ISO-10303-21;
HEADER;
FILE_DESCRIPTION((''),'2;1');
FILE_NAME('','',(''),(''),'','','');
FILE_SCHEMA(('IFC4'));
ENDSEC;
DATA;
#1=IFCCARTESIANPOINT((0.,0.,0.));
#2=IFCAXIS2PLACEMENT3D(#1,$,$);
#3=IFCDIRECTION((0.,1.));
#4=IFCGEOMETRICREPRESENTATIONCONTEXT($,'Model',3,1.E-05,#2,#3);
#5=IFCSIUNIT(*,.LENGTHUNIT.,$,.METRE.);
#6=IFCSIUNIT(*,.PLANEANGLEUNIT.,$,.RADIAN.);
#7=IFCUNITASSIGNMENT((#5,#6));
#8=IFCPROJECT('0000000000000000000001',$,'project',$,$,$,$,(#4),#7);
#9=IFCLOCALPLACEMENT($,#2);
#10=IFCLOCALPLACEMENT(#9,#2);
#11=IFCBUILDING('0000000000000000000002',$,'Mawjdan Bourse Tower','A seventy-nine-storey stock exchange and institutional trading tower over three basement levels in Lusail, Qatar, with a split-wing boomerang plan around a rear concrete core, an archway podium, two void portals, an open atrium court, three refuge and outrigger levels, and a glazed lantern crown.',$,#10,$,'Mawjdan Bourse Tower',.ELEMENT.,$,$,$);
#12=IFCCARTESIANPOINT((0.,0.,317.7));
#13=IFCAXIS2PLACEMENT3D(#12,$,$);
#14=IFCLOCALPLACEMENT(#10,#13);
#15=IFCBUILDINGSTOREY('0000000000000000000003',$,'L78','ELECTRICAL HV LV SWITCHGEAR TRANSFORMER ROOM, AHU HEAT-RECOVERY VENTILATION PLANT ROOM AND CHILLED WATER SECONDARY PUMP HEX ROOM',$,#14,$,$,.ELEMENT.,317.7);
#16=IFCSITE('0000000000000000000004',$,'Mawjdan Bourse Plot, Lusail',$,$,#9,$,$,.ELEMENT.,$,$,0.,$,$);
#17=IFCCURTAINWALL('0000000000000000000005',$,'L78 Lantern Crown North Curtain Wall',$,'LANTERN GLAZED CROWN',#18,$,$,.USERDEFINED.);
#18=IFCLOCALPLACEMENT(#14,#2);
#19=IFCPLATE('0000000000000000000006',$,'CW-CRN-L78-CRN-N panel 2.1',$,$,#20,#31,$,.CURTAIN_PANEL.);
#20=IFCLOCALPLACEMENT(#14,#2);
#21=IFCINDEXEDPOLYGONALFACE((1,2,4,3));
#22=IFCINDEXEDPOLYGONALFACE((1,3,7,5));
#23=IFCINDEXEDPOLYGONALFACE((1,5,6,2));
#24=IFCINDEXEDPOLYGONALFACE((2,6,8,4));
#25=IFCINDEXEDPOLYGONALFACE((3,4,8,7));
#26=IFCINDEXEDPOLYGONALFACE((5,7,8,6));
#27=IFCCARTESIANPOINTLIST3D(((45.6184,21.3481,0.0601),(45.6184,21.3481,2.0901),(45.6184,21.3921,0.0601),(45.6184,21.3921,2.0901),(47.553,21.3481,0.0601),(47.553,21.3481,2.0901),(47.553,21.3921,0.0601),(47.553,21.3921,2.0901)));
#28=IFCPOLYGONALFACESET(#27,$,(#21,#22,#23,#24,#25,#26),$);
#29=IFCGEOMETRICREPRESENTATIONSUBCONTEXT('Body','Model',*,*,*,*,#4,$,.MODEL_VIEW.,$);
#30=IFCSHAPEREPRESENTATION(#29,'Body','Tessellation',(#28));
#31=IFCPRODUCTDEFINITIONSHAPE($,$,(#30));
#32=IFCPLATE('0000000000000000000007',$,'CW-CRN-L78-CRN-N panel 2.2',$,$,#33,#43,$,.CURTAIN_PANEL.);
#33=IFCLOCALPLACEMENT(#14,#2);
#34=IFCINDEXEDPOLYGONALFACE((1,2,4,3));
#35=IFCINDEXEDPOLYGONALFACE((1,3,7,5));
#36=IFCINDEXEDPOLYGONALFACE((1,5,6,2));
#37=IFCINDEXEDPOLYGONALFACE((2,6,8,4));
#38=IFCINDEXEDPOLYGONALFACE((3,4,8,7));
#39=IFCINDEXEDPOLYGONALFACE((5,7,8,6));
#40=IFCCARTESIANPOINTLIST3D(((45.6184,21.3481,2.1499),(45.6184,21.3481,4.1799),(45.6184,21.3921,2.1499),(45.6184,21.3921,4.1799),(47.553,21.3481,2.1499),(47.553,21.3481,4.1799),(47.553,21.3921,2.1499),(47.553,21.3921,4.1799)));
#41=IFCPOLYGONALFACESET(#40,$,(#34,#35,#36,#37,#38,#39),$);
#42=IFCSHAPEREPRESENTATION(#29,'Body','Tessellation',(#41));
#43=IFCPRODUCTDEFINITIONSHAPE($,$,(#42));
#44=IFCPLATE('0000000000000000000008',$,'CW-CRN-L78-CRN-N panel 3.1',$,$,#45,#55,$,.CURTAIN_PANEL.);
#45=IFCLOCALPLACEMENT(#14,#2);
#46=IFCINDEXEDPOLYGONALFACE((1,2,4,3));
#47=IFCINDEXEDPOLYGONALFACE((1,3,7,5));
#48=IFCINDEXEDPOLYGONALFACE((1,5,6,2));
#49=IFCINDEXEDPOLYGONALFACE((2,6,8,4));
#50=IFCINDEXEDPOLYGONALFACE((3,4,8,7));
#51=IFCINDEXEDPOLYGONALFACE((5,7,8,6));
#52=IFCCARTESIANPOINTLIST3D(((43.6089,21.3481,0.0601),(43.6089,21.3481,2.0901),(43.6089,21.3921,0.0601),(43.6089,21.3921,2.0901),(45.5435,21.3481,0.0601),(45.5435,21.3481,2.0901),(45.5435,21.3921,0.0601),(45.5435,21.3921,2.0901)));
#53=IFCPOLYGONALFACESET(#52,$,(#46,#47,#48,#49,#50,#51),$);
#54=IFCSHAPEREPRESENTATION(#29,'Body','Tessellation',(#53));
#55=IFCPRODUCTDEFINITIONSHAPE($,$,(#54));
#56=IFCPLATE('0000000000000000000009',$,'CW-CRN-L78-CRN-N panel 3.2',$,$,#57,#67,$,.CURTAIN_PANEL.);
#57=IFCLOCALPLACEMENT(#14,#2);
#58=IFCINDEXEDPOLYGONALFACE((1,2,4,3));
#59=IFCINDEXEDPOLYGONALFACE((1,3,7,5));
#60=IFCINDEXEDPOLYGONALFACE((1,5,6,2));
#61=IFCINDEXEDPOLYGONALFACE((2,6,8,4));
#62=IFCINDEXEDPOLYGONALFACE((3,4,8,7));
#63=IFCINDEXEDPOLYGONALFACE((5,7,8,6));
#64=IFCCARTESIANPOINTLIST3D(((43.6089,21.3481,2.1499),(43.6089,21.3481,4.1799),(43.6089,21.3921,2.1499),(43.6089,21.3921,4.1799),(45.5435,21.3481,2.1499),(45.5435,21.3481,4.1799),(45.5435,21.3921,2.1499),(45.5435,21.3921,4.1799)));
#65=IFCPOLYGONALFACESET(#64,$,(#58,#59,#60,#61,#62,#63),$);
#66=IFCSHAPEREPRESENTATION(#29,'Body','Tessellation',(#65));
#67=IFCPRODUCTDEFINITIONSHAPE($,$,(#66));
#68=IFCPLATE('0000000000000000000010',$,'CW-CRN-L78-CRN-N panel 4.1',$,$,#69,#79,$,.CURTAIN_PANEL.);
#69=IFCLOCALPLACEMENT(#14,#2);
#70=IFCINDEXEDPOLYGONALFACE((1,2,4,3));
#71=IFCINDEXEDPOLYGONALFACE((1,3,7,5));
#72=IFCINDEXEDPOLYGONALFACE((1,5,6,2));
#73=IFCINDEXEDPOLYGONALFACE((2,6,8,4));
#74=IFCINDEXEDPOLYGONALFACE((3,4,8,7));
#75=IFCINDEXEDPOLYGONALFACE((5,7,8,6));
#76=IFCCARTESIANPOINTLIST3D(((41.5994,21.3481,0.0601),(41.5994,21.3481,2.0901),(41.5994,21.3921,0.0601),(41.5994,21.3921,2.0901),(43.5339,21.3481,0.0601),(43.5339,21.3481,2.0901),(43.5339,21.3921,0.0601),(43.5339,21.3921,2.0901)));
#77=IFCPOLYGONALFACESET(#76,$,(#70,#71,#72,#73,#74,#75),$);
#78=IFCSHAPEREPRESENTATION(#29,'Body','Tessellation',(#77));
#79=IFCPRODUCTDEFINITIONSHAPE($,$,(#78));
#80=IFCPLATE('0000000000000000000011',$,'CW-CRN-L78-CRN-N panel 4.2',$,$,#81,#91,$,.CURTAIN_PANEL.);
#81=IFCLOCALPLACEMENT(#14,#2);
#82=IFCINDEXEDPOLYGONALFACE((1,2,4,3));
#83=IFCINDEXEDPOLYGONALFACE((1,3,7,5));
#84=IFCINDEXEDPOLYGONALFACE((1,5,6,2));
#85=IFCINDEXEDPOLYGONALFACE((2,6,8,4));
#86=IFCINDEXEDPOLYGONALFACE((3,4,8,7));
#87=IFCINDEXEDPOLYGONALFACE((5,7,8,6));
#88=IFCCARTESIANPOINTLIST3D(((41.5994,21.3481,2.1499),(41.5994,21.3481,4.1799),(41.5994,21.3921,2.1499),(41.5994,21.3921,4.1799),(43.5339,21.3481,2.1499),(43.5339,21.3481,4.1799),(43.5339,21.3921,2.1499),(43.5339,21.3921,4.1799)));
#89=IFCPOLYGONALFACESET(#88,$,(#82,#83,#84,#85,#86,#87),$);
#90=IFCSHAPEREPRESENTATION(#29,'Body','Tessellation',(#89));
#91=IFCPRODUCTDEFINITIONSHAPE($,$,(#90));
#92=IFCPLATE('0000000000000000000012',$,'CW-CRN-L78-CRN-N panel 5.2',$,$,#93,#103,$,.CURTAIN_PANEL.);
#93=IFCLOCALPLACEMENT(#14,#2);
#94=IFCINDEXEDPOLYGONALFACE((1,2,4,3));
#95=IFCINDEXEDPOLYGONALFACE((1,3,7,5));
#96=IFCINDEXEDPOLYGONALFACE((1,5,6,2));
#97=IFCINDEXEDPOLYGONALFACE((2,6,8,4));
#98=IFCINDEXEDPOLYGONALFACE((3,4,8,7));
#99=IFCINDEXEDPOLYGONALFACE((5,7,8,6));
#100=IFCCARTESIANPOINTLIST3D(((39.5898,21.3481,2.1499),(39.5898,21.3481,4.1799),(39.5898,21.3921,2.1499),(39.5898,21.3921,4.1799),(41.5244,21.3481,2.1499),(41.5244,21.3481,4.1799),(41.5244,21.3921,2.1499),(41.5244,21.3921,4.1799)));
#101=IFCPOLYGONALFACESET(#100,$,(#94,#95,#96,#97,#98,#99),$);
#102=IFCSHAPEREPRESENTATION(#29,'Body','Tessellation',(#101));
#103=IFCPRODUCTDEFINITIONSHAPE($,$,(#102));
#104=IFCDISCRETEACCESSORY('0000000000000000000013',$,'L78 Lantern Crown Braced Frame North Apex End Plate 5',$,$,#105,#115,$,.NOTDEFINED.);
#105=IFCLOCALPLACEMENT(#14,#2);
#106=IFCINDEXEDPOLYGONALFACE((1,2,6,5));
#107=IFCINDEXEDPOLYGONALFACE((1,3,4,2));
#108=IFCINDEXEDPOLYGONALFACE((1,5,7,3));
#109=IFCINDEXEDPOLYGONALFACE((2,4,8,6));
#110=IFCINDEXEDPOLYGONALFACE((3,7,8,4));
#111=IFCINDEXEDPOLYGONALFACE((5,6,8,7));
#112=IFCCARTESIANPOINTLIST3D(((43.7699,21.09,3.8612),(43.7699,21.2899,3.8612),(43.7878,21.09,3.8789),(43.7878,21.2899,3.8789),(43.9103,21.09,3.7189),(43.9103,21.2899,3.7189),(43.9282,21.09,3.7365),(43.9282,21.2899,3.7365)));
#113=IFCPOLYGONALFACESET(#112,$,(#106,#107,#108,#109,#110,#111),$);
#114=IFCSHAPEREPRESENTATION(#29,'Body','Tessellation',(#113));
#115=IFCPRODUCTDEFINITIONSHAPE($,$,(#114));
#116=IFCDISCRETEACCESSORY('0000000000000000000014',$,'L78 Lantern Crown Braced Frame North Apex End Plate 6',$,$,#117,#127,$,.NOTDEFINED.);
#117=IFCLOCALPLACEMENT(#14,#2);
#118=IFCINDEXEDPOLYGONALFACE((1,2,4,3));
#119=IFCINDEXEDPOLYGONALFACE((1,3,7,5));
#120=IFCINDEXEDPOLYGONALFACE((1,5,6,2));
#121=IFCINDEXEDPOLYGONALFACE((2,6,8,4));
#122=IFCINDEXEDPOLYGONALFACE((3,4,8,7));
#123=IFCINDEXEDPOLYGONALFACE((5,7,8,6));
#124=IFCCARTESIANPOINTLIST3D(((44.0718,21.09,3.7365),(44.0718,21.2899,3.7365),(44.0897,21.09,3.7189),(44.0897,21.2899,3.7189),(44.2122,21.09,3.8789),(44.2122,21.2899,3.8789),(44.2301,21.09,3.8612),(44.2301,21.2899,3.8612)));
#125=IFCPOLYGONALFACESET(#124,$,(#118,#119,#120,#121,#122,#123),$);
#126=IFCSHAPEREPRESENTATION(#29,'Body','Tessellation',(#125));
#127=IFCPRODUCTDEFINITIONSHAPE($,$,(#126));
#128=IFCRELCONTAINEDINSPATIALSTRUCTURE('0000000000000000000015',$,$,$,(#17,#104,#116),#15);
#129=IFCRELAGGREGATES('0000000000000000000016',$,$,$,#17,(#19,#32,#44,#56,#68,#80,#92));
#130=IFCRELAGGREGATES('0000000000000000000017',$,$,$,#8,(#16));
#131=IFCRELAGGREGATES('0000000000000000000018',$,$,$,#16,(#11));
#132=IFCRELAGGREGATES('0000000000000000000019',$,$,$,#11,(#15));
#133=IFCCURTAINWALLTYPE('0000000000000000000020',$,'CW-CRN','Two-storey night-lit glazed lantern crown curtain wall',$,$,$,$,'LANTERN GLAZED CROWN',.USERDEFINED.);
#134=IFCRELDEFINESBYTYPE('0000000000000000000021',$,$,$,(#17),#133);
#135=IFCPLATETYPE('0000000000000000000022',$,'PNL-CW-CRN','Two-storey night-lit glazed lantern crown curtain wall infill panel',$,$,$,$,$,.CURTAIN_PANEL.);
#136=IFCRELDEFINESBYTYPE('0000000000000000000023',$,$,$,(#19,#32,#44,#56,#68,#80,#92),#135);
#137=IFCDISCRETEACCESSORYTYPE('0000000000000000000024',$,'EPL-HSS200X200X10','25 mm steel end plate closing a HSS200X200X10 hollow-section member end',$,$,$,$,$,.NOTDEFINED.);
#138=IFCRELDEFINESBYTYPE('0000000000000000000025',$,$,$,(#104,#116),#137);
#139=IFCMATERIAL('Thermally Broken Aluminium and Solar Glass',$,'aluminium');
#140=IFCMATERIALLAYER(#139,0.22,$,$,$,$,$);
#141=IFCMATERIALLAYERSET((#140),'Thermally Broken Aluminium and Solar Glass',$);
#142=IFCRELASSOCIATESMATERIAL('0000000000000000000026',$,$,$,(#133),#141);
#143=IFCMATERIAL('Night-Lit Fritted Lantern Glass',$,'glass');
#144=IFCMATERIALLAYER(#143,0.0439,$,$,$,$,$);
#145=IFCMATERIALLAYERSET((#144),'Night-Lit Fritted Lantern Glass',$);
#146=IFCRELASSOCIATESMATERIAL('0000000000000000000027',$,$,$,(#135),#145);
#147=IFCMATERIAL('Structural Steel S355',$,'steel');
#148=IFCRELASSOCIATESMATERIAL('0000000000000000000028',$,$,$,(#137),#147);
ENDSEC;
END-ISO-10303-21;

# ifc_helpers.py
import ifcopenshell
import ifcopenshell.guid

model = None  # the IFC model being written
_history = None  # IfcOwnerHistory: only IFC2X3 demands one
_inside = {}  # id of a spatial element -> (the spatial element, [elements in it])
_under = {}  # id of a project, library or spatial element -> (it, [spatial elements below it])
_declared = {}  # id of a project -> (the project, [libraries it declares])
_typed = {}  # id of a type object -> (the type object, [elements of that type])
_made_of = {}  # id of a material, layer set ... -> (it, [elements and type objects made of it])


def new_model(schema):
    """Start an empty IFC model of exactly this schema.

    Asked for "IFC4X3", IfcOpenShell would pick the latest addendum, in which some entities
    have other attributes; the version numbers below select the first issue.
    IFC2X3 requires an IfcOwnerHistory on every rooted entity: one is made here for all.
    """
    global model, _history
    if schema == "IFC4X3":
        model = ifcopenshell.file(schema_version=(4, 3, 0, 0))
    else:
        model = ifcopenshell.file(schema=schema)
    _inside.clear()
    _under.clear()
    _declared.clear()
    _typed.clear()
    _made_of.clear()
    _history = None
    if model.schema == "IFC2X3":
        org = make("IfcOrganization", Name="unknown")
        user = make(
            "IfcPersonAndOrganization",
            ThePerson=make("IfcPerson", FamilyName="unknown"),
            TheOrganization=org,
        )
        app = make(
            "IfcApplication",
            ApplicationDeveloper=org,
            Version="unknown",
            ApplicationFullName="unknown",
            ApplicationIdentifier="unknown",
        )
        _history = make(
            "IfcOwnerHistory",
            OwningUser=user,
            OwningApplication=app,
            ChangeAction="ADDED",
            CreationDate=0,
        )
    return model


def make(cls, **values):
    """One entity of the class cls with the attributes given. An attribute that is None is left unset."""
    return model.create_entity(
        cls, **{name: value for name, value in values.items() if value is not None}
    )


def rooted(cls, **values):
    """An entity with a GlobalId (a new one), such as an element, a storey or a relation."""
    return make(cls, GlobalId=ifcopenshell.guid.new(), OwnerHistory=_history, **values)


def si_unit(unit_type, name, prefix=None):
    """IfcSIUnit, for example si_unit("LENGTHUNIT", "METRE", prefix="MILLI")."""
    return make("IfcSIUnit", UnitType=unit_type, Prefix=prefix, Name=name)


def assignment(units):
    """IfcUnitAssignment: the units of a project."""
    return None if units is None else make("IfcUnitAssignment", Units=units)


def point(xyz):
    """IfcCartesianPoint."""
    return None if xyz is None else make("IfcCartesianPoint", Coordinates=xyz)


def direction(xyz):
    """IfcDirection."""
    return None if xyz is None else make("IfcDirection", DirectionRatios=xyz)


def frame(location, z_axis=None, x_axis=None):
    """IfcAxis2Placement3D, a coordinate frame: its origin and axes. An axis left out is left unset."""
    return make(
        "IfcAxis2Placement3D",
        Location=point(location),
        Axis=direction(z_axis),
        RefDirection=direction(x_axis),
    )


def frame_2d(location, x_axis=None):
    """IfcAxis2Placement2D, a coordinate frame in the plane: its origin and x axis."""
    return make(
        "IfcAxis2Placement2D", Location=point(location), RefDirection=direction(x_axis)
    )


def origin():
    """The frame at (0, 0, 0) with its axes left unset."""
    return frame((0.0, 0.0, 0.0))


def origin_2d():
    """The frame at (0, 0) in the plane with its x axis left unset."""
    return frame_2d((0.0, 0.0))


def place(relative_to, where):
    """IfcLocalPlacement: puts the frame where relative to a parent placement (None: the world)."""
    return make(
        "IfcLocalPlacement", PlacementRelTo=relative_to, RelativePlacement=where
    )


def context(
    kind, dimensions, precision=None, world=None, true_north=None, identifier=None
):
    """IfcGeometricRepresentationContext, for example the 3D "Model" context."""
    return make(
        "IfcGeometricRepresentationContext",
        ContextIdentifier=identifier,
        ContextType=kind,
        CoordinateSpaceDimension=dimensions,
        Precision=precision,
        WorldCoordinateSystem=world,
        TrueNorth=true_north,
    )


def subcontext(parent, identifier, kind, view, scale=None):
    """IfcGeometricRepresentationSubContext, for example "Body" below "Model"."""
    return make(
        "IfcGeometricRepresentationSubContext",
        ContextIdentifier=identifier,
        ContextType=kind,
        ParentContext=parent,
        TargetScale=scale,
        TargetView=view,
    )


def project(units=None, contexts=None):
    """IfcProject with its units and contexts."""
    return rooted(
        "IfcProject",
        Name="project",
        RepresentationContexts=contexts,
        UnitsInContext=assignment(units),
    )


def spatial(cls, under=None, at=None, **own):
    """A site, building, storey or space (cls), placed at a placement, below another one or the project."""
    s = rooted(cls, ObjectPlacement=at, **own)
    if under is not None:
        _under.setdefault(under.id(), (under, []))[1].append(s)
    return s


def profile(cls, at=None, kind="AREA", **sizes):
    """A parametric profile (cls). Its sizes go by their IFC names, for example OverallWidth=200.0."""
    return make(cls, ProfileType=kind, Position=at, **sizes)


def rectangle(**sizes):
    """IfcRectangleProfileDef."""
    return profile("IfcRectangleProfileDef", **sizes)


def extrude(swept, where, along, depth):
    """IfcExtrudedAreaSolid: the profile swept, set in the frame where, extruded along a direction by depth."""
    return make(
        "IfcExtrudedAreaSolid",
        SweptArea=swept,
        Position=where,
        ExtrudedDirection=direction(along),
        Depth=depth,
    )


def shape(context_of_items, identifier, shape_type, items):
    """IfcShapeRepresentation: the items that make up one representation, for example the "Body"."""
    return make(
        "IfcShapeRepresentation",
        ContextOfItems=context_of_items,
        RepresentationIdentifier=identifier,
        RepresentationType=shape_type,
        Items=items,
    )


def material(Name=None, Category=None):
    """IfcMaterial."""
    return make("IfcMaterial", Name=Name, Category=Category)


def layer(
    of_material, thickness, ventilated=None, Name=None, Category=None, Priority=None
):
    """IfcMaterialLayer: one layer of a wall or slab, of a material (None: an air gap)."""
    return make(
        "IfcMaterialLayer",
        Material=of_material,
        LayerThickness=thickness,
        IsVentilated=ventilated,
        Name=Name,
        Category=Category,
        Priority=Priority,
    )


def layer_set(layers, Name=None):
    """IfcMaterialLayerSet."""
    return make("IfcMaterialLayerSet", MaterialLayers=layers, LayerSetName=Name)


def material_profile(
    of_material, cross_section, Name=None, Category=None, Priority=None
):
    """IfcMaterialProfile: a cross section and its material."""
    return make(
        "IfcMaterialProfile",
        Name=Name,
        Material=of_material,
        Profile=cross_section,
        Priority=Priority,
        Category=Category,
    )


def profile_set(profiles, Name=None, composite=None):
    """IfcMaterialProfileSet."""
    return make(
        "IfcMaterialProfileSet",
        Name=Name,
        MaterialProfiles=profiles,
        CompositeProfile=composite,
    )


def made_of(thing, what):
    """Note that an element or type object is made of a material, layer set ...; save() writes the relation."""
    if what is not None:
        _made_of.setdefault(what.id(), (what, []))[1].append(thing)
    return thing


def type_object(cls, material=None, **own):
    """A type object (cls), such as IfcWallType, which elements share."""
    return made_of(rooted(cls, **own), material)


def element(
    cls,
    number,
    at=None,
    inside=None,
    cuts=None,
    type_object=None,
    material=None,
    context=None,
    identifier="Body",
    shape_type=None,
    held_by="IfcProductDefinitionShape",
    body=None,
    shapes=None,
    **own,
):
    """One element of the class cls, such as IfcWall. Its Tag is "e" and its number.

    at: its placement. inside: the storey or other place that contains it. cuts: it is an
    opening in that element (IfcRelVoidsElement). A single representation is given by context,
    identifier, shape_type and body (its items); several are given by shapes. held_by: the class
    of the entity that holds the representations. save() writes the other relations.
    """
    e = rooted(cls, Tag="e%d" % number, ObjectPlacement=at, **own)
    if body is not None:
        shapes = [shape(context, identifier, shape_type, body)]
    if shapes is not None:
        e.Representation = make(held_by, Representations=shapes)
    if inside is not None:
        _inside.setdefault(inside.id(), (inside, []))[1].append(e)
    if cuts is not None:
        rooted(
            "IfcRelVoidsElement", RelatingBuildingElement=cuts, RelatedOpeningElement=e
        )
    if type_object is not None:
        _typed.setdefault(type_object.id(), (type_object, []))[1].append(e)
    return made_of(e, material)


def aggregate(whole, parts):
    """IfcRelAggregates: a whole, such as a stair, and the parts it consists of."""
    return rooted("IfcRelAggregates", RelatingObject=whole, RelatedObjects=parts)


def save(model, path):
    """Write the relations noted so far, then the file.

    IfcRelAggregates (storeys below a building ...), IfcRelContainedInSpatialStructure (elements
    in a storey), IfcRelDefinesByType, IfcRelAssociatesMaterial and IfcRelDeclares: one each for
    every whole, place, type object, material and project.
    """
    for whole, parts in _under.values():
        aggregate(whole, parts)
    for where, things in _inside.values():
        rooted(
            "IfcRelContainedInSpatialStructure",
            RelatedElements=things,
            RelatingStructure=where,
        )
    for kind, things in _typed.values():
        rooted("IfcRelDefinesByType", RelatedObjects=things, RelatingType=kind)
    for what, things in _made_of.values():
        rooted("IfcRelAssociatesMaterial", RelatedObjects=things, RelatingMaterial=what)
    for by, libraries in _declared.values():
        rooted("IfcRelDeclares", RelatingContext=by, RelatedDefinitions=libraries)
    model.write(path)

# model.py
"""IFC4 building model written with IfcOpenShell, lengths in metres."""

from ifc_helpers import new_model, si_unit, direction, frame, origin, origin_2d, place, context, subcontext, project, spatial, rectangle, extrude, material, layer, layer_set, material_profile, profile_set, type_object, element, aggregate, save


model = new_model("IFC4")

# Units and contexts
model_context = context("Model", 3, precision=1e-05, world=origin(), true_north=direction((0.0, 1.0)))
body_context = subcontext(model_context, "Body", "Model", "MODEL_VIEW")
ifc_project = project(units=[si_unit("LENGTHUNIT", "METRE"), si_unit("PLANEANGLEUNIT", "RADIAN")], contexts=[model_context])

# Site, building, storey
site_placement = place(None, origin())
site = spatial("IfcSite", under=ifc_project, at=site_placement, Name="Mawjdan Bourse Plot, Lusail", CompositionType="ELEMENT", RefElevation=0.0)
building_placement = place(site_placement, origin())
building = spatial("IfcBuilding", under=site, at=building_placement, Name="Mawjdan Bourse Tower", Description="A seventy-nine-storey stock exchange and institutional trading tower over three basement levels in Lusail, Qatar, with a split-wing boomerang plan around a rear concrete core, an archway podium, two void portals, an open atrium court, three refuge and outrigger levels, and a glazed lantern crown.", LongName="Mawjdan Bourse Tower", CompositionType="ELEMENT")
storey_placement = place(building_placement, frame((0.0, 0.0, 317.7)))
storey = spatial("IfcBuildingStorey", under=building, at=storey_placement, Name="L78", Description="ELECTRICAL HV LV SWITCHGEAR TRANSFORMER ROOM, AHU HEAT-RECOVERY VENTILATION PLANT ROOM AND CHILLED WATER SECONDARY PUMP HEX ROOM", CompositionType="ELEMENT", Elevation=317.7)

# Shared definitions
ifc_material_1 = material(Name="Structural Steel S355", Category="steel")

# Curtain wall
ifc_material_2 = material(Name="Thermally Broken Aluminium and Solar Glass", Category="aluminium")
ifc_layer_1 = layer(ifc_material_2, 0.22)
ifc_layer_set_1 = layer_set([ifc_layer_1], Name="Thermally Broken Aluminium and Solar Glass")
curtain_wall_type = type_object("IfcCurtainWallType", Name="CW-CRN", Description="Two-storey night-lit glazed lantern crown curtain wall", ElementType="LANTERN GLAZED CROWN", PredefinedType="USERDEFINED", material=ifc_layer_set_1)
curtain_wall_placement = place(storey_placement, origin())
curtain_wall = element("IfcCurtainWall", 1, at=curtain_wall_placement, inside=storey, type_object=curtain_wall_type, Name="L78 Lantern Crown North Curtain Wall", ObjectType="LANTERN GLAZED CROWN", PredefinedType="USERDEFINED")

# Plates
ifc_material_3 = material(Name="Night-Lit Fritted Lantern Glass", Category="glass")
ifc_layer_2 = layer(ifc_material_3, 0.0439)
ifc_layer_set_2 = layer_set([ifc_layer_2], Name="Night-Lit Fritted Lantern Glass")
plate_type = type_object("IfcPlateType", Name="PNL-CW-CRN", Description="Two-storey night-lit glazed lantern crown curtain wall infill panel", PredefinedType="CURTAIN_PANEL", material=ifc_layer_set_2)
plate_1_placement = place(storey_placement, frame((46.5857, 21.3701, 0.0601), z_axis=(0.0, 0.0, 1.0), x_axis=(-1.0, 0.0, 0.0)))
plate_1 = element("IfcPlate", 2, at=plate_1_placement, type_object=plate_type, Name="CW-CRN-L78-CRN-N panel 2.1", PredefinedType="CURTAIN_PANEL", context=body_context, shape_type="SweptSolid", body=[
    extrude(rectangle(XDim=1.9346, YDim=0.0439, at=origin_2d()), origin(), (0.0, 0.0, 1.0), 2.03),
])
plate_2_placement = place(storey_placement, frame((46.5857, 21.3701, 2.1499), z_axis=(0.0, 0.0, 1.0), x_axis=(-1.0, 0.0, 0.0)))
plate_2 = element("IfcPlate", 3, at=plate_2_placement, type_object=plate_type, Name="CW-CRN-L78-CRN-N panel 2.2", PredefinedType="CURTAIN_PANEL", context=body_context, shape_type="SweptSolid", body=[
    extrude(rectangle(XDim=1.9346, YDim=0.0439, at=origin_2d()), origin(), (0.0, 0.0, 1.0), 2.03),
])
plate_3_placement = place(storey_placement, frame((44.5762, 21.3701, 0.0601), z_axis=(0.0, 0.0, 1.0), x_axis=(-1.0, 0.0, 0.0)))
plate_3 = element("IfcPlate", 4, at=plate_3_placement, type_object=plate_type, Name="CW-CRN-L78-CRN-N panel 3.1", PredefinedType="CURTAIN_PANEL", context=body_context, shape_type="SweptSolid", body=[
    extrude(rectangle(XDim=1.9346, YDim=0.0439, at=origin_2d()), origin(), (0.0, 0.0, 1.0), 2.03),
])
plate_4_placement = place(storey_placement, frame((44.5762, 21.3701, 2.1499), z_axis=(0.0, 0.0, 1.0), x_axis=(-1.0, 0.0, 0.0)))
plate_4 = element("IfcPlate", 5, at=plate_4_placement, type_object=plate_type, Name="CW-CRN-L78-CRN-N panel 3.2", PredefinedType="CURTAIN_PANEL", context=body_context, shape_type="SweptSolid", body=[
    extrude(rectangle(XDim=1.9346, YDim=0.0439, at=origin_2d()), origin(), (0.0, 0.0, 1.0), 2.03),
])
plate_5_placement = place(storey_placement, frame((42.5667, 21.3701, 0.0601), z_axis=(0.0, 0.0, 1.0), x_axis=(-1.0, 0.0, 0.0)))
plate_5 = element("IfcPlate", 6, at=plate_5_placement, type_object=plate_type, Name="CW-CRN-L78-CRN-N panel 4.1", PredefinedType="CURTAIN_PANEL", context=body_context, shape_type="SweptSolid", body=[
    extrude(rectangle(XDim=1.9346, YDim=0.0439, at=origin_2d()), origin(), (0.0, 0.0, 1.0), 2.03),
])
plate_6_placement = place(storey_placement, frame((42.5667, 21.3701, 2.1499), z_axis=(0.0, 0.0, 1.0), x_axis=(-1.0, 0.0, 0.0)))
plate_6 = element("IfcPlate", 7, at=plate_6_placement, type_object=plate_type, Name="CW-CRN-L78-CRN-N panel 4.2", PredefinedType="CURTAIN_PANEL", context=body_context, shape_type="SweptSolid", body=[
    extrude(rectangle(XDim=1.9346, YDim=0.0439, at=origin_2d()), origin(), (0.0, 0.0, 1.0), 2.03),
])
plate_7_placement = place(storey_placement, frame((40.5571, 21.3701, 2.1499), z_axis=(0.0, 0.0, 1.0), x_axis=(-1.0, 0.0, 0.0)))
plate_7 = element("IfcPlate", 8, at=plate_7_placement, type_object=plate_type, Name="CW-CRN-L78-CRN-N panel 5.2", PredefinedType="CURTAIN_PANEL", context=body_context, shape_type="SweptSolid", body=[
    extrude(rectangle(XDim=1.9346, YDim=0.0439, at=origin_2d()), origin(), (0.0, 0.0, 1.0), 2.03),
])
aggregate(curtain_wall, [plate_1, plate_2, plate_3, plate_4, plate_5, plate_6, plate_7])

# Discrete accessories
ifc_material_profile_1 = material_profile(ifc_material_1, rectangle(XDim=0.2, YDim=0.2, at=origin_2d()), Name="EPL-HSS200X200X10")
ifc_profile_set_1 = profile_set([ifc_material_profile_1], Name="Structural Steel S355")
discrete_accessory_type = type_object("IfcDiscreteAccessoryType", Name="EPL-HSS200X200X10", Description="25 mm steel end plate closing a HSS200X200X10 hollow-section member end", PredefinedType="NOTDEFINED", material=ifc_profile_set_1)
for number, where, z_axis, x_axis, name in (
    (9, (43.8401, 21.1899, 3.79), (0.711966, 0.0, 0.702213), (0.0, 1.0, 0.0), "L78 Lantern Crown Braced Frame North Apex End Plate 5"),
    (10, (44.1599, 21.1899, 3.79), (-0.711966, 0.0, 0.702213), (0.0, -1.0, 0.0), "L78 Lantern Crown Braced Frame North Apex End Plate 6"),
):
    element("IfcDiscreteAccessory", number, at=place(storey_placement, frame(where, z_axis=z_axis, x_axis=x_axis)), inside=storey, type_object=discrete_accessory_type, Name=name, PredefinedType="NOTDEFINED", context=body_context, shape_type="SweptSolid", body=[
        extrude(rectangle(XDim=0.2, YDim=0.2, at=origin_2d()), origin(), (0.0, 0.0, 1.0), 0.0251),
    ])

save(model, "model.ifc")
